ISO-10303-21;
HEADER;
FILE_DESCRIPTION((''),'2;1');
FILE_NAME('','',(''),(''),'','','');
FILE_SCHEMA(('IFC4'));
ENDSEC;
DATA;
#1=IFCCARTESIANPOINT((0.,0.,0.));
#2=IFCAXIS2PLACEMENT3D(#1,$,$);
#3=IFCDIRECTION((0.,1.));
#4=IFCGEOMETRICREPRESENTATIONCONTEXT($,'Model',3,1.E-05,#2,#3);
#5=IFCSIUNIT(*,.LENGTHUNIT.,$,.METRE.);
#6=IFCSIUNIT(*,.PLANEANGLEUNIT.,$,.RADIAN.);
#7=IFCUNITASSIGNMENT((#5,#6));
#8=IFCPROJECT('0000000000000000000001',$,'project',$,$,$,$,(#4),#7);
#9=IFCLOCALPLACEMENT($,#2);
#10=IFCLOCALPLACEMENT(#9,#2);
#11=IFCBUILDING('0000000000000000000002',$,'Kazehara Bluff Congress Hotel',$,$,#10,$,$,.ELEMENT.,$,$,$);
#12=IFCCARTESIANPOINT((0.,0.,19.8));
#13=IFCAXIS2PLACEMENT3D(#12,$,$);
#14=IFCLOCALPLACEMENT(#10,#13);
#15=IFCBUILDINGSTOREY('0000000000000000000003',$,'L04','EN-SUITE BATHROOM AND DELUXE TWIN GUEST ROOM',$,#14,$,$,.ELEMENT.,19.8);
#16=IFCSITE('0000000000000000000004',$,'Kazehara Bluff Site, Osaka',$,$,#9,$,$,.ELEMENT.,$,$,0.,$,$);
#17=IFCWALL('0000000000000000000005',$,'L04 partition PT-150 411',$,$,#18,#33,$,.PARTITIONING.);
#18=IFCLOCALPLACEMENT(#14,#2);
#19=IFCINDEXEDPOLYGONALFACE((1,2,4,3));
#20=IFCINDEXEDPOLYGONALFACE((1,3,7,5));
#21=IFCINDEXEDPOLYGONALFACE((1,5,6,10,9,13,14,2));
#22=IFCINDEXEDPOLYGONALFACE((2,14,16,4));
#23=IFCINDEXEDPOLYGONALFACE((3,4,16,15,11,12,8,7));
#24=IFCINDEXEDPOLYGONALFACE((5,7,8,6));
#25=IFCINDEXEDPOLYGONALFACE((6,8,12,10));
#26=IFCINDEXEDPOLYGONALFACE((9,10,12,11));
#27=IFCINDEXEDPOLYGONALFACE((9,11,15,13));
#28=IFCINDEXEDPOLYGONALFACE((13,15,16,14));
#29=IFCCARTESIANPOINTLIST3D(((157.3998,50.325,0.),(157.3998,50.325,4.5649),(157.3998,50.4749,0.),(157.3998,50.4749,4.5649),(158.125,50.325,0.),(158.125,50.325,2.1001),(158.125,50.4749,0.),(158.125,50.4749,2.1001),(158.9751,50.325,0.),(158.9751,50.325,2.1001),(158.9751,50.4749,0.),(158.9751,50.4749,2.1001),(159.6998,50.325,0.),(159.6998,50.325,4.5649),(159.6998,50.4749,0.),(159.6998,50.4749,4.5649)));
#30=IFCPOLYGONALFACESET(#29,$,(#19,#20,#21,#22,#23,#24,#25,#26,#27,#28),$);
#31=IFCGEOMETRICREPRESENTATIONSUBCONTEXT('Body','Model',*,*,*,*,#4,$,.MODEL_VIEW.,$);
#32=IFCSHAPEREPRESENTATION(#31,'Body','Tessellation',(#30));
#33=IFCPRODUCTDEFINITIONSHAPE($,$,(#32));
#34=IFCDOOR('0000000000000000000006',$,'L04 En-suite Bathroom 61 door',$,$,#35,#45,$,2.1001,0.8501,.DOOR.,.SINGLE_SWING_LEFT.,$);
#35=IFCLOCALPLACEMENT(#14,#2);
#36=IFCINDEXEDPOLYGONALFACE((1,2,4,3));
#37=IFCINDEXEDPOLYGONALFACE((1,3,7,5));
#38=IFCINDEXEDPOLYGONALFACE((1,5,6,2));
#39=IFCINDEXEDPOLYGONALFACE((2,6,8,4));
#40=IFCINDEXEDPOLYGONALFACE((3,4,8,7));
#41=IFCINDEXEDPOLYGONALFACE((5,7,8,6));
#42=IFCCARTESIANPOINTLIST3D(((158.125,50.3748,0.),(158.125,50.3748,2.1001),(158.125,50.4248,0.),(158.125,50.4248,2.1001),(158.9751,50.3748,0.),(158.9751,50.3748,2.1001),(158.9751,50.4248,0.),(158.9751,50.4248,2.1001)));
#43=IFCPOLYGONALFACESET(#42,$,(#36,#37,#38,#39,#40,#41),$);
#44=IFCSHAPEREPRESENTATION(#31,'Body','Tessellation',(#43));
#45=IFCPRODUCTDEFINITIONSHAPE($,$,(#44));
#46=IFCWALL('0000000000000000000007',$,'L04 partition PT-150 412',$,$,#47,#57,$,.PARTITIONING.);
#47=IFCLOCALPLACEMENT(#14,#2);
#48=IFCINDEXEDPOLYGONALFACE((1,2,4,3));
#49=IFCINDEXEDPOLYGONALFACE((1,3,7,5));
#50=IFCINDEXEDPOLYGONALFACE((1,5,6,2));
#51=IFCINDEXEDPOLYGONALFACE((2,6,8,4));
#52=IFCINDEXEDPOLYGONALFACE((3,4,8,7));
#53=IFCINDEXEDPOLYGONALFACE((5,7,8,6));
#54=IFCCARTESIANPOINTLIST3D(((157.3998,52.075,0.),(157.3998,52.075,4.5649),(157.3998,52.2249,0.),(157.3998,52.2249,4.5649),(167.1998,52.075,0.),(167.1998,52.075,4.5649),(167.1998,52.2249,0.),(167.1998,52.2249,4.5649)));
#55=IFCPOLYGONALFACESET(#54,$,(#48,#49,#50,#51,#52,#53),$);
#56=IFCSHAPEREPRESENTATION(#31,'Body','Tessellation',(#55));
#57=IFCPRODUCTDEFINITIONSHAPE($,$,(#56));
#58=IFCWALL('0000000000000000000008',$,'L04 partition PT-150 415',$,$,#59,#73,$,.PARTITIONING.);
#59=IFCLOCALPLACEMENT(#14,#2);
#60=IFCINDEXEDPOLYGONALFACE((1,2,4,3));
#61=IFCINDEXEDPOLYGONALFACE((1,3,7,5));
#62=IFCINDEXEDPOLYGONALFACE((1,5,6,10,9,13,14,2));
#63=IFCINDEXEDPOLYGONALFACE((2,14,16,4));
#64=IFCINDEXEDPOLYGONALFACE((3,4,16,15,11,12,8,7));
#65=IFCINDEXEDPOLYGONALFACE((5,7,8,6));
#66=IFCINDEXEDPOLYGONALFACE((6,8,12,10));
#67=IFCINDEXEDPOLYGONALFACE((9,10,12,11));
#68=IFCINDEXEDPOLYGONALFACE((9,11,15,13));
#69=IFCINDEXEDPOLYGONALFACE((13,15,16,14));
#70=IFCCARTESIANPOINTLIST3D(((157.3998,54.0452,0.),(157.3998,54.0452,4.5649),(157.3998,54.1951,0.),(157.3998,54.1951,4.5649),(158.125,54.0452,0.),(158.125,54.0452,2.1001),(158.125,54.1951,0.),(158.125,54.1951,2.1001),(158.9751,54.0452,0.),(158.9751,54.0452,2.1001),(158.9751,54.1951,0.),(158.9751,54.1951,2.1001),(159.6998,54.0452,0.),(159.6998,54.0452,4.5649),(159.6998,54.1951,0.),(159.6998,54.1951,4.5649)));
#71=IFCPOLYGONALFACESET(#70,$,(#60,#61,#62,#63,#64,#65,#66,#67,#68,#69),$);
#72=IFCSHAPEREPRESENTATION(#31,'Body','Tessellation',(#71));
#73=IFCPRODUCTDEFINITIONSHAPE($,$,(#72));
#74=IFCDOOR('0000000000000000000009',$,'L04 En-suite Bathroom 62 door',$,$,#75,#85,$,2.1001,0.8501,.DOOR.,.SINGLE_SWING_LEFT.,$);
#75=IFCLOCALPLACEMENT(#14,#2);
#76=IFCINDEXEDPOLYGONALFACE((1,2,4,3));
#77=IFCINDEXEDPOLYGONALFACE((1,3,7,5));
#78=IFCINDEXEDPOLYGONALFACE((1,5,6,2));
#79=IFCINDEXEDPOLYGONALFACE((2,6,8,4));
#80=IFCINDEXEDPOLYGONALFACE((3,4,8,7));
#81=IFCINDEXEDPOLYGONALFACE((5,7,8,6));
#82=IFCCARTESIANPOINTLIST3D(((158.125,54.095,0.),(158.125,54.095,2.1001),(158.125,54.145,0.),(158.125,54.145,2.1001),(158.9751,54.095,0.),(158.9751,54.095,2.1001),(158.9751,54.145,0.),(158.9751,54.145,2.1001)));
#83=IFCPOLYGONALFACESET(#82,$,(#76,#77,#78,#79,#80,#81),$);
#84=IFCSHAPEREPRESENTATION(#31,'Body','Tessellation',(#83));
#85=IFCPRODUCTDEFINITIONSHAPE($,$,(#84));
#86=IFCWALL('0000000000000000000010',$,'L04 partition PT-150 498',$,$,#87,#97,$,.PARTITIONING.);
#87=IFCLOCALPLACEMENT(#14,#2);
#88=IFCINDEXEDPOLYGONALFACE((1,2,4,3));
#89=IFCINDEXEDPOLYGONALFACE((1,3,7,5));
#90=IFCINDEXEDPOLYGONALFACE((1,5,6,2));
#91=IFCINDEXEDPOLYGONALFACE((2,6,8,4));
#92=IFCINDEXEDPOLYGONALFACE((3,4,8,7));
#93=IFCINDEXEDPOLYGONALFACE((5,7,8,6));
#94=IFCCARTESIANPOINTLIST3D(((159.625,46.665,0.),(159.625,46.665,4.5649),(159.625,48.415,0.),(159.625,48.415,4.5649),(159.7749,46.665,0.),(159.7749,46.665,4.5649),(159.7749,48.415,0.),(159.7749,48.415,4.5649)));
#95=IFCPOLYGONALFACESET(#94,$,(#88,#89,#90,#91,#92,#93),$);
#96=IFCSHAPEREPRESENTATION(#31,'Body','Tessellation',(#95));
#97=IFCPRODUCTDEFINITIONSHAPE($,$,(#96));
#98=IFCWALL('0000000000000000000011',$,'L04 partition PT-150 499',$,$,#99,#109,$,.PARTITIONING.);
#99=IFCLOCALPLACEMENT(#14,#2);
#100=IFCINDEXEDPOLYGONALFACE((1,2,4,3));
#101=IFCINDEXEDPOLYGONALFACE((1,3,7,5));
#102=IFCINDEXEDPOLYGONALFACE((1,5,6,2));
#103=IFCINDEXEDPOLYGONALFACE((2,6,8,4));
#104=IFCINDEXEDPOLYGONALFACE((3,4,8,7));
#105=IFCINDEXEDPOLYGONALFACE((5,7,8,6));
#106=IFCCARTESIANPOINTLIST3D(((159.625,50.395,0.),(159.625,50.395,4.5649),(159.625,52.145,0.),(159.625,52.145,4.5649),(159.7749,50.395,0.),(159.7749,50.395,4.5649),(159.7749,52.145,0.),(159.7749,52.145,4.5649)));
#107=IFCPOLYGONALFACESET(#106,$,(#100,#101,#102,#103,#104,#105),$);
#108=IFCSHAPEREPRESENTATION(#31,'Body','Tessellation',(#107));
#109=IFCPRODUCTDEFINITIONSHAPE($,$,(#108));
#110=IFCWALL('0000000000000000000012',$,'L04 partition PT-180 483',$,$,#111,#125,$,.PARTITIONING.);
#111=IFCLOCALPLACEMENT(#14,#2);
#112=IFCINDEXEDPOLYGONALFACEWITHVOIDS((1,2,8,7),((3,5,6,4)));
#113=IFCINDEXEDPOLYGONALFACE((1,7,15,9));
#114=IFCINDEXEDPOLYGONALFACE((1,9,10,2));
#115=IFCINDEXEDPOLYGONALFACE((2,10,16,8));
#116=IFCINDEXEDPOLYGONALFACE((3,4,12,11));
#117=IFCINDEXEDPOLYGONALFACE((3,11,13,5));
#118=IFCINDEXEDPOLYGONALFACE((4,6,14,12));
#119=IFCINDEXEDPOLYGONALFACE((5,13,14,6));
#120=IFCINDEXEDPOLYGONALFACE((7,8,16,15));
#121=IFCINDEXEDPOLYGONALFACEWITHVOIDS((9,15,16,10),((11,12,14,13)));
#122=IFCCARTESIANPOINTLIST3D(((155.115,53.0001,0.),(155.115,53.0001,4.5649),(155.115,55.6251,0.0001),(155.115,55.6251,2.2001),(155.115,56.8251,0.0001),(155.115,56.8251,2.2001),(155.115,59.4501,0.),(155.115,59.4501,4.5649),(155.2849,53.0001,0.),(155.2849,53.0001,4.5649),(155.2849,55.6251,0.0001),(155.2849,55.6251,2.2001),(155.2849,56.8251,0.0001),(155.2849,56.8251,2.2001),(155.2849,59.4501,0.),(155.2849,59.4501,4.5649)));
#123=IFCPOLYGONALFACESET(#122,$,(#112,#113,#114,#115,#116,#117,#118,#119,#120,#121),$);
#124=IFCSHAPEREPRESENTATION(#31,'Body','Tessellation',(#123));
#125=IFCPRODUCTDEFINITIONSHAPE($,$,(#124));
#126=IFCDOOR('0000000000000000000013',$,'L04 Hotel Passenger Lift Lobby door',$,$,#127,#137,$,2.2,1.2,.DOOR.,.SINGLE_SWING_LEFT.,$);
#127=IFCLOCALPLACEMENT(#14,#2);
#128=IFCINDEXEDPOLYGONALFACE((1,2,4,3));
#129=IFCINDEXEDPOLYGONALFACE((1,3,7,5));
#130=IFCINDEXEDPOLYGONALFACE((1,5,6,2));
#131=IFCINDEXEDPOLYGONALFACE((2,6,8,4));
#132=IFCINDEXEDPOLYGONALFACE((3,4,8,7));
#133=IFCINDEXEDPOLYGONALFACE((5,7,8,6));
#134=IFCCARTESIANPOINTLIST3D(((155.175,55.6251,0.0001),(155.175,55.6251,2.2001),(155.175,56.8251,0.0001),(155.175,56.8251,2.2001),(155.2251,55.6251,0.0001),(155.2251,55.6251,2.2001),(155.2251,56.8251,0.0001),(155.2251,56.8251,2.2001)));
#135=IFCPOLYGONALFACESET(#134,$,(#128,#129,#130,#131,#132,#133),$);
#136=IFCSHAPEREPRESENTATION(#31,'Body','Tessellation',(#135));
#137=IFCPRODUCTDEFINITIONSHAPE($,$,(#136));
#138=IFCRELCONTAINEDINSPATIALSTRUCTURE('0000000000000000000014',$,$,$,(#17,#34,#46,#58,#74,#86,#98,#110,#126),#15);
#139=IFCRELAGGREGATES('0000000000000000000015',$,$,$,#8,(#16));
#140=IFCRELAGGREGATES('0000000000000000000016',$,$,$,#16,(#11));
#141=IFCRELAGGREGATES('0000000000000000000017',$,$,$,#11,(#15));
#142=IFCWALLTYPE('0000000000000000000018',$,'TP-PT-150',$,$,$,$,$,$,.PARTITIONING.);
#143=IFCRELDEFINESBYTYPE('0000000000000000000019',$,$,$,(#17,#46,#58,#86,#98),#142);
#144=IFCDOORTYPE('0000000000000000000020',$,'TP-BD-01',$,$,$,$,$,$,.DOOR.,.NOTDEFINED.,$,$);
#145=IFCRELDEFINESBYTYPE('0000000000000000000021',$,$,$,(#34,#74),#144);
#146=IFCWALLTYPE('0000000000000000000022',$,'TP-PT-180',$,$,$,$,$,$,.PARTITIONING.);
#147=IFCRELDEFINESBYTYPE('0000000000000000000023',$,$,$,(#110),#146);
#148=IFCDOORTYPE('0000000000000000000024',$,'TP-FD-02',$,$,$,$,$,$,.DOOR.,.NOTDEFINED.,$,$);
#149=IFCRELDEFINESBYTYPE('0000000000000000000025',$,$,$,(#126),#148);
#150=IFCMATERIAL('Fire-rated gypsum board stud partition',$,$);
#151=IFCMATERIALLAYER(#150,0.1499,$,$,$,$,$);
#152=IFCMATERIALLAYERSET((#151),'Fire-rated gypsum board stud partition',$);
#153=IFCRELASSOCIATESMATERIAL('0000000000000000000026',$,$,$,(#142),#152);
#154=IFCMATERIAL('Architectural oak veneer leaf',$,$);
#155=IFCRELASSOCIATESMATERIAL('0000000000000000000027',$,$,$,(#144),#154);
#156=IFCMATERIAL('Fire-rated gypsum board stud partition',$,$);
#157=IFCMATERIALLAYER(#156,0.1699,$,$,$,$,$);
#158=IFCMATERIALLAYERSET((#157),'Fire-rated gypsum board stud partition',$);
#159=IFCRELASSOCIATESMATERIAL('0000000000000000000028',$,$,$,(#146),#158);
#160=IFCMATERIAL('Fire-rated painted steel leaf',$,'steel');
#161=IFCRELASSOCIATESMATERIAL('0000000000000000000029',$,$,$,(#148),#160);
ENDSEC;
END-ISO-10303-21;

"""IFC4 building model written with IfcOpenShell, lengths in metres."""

from ifc_helpers import new_model, si_unit, direction, frame, frame_2d, origin, place, context, subcontext, project, spatial, rectangle, extrude, material, layer, layer_set, type_object, element, fill, save


model = new_model("IFC4")

# Units and contexts
model_context = context("Model", 3, precision=1e-05, world=origin(), true_north=direction((0.0, 1.0)))
body_context = subcontext(model_context, "Body", "Model", "MODEL_VIEW")
ifc_project = project(units=[si_unit("LENGTHUNIT", "METRE"), si_unit("PLANEANGLEUNIT", "RADIAN")], contexts=[model_context])

# Site, building, storey
site_placement = place(None, origin())
site = spatial("IfcSite", under=ifc_project, at=site_placement, Name="Kazehara Bluff Site, Osaka", CompositionType="ELEMENT", RefElevation=0.0)
building_placement = place(site_placement, origin())
building = spatial("IfcBuilding", under=site, at=building_placement, Name="Kazehara Bluff Congress Hotel", CompositionType="ELEMENT")
storey_placement = place(building_placement, frame((0.0, 0.0, 19.8)))
storey = spatial("IfcBuildingStorey", under=building, at=storey_placement, Name="L04", Description="EN-SUITE BATHROOM AND DELUXE TWIN GUEST ROOM", CompositionType="ELEMENT", Elevation=19.8)

# Shared definitions
ifc_material_1 = material(Name="Fire-rated gypsum board stud partition")
ifc_layer_1 = layer(ifc_material_1, 0.1499)
ifc_layer_set_1 = layer_set([ifc_layer_1], Name="Fire-rated gypsum board stud partition")
wall_type_1 = type_object("IfcWallType", Name="TP-PT-150", PredefinedType="PARTITIONING", material=ifc_layer_set_1)

# Shared definitions
ifc_material_2 = material(Name="Architectural oak veneer leaf")
door_type_1 = type_object("IfcDoorType", Name="TP-BD-01", OperationType="NOTDEFINED", PredefinedType="DOOR", material=ifc_material_2)

# Wall, opening, door
wall_1_placement = place(storey_placement, frame((157.3999, 50.3999, 0.0), z_axis=(0.0, 0.0, 1.0), x_axis=(1.0, 0.0, 0.0)))
wall_1 = element("IfcWall", 1, at=wall_1_placement, inside=storey, type_object=wall_type_1, Name="L04 partition PT-150 411", PredefinedType="PARTITIONING", context=body_context, shape_type="SweptSolid", body=[
    extrude(rectangle(XDim=2.3, YDim=0.1499, at=frame_2d((1.1499, 0.0))), origin(), (0.0, 0.0, 1.0), 4.5649),
])
opening_1_placement = place(wall_1_placement, frame((0.7251, 0.0, 0.0)))
opening_1 = element("IfcOpeningElement", 2, at=opening_1_placement, cuts=wall_1, PredefinedType="OPENING", context=body_context, shape_type="SweptSolid", body=[
    extrude(rectangle(XDim=0.8501, YDim=2.1001, at=frame_2d((0.425, 1.05))), frame((0.0, 0.085, 0.0), z_axis=(0.0, -1.0, 0.0), x_axis=(1.0, 0.0, 0.0)), (0.0, 0.0, 1.0), 0.1699),
])
door_1_placement = place(opening_1_placement, origin())
door_1 = element("IfcDoor", 3, at=door_1_placement, inside=storey, type_object=door_type_1, Name="L04 En-suite Bathroom 61 door", OperationType="SINGLE_SWING_LEFT", OverallHeight=2.1001, OverallWidth=0.8501, PredefinedType="DOOR", context=body_context, shape_type="SweptSolid", body=[
    extrude(rectangle(XDim=0.8501, YDim=2.1001, at=frame_2d((0.425, 1.05))), frame((0.0, 0.0249, 0.0), z_axis=(0.0, -1.0, 0.0), x_axis=(1.0, 0.0, 0.0)), (0.0, 0.0, 1.0), 0.05),
])
fill(opening_1, door_1)

# Wall
wall_2_placement = place(storey_placement, frame((157.3999, 52.1499, 0.0), z_axis=(0.0, 0.0, 1.0), x_axis=(1.0, 0.0, 0.0)))
element("IfcWall", 4, at=wall_2_placement, inside=storey, type_object=wall_type_1, Name="L04 partition PT-150 412", PredefinedType="PARTITIONING", context=body_context, shape_type="SweptSolid", body=[
    extrude(rectangle(XDim=9.8, YDim=0.1499, at=frame_2d((4.8999, 0.0))), origin(), (0.0, 0.0, 1.0), 4.5649),
])

# Wall, opening, door
wall_3_placement = place(storey_placement, frame((157.3999, 54.1201, 0.0), z_axis=(0.0, 0.0, 1.0), x_axis=(1.0, 0.0, 0.0)))
wall_3 = element("IfcWall", 5, at=wall_3_placement, inside=storey, type_object=wall_type_1, Name="L04 partition PT-150 415", PredefinedType="PARTITIONING", context=body_context, shape_type="SweptSolid", body=[
    extrude(rectangle(XDim=2.3, YDim=0.1499, at=frame_2d((1.1499, 0.0))), origin(), (0.0, 0.0, 1.0), 4.5649),
])
opening_2_placement = place(wall_3_placement, frame((0.7251, 0.0, 0.0)))
opening_2 = element("IfcOpeningElement", 6, at=opening_2_placement, cuts=wall_3, PredefinedType="OPENING", context=body_context, shape_type="SweptSolid", body=[
    extrude(rectangle(XDim=0.8501, YDim=2.1001, at=frame_2d((0.425, 1.05))), frame((0.0, 0.085, 0.0), z_axis=(0.0, -1.0, 0.0), x_axis=(1.0, 0.0, 0.0)), (0.0, 0.0, 1.0), 0.1699),
])
door_2_placement = place(opening_2_placement, origin())
door_2 = element("IfcDoor", 7, at=door_2_placement, inside=storey, type_object=door_type_1, Name="L04 En-suite Bathroom 62 door", OperationType="SINGLE_SWING_LEFT", OverallHeight=2.1001, OverallWidth=0.8501, PredefinedType="DOOR", context=body_context, shape_type="SweptSolid", body=[
    extrude(rectangle(XDim=0.8501, YDim=2.1001, at=frame_2d((0.425, 1.05))), frame((0.0, 0.0249, 0.0), z_axis=(0.0, -1.0, 0.0), x_axis=(1.0, 0.0, 0.0)), (0.0, 0.0, 1.0), 0.05),
])
fill(opening_2, door_2)

# Walls
for number, where, z_axis, x_axis, name in (
    (8, (159.7, 46.665, 0.0), (0.0, 0.0, 1.0), (0.0, 1.0, 0.0), "L04 partition PT-150 498"),
    (9, (159.7, 50.395, 0.0), (0.0, 0.0, 1.0), (0.0, 1.0, 0.0), "L04 partition PT-150 499"),
):
    element("IfcWall", number, at=place(storey_placement, frame(where, z_axis=z_axis, x_axis=x_axis)), inside=storey, type_object=wall_type_1, Name=name, PredefinedType="PARTITIONING", context=body_context, shape_type="SweptSolid", body=[
        extrude(rectangle(XDim=1.75, YDim=0.1499, at=frame_2d((0.875, 0.0))), origin(), (0.0, 0.0, 1.0), 4.5649),
    ])

# Wall, opening, door
ifc_material_3 = material(Name="Fire-rated gypsum board stud partition")
ifc_layer_2 = layer(ifc_material_3, 0.1699)
ifc_layer_set_2 = layer_set([ifc_layer_2], Name="Fire-rated gypsum board stud partition")
wall_type_2 = type_object("IfcWallType", Name="TP-PT-180", PredefinedType="PARTITIONING", material=ifc_layer_set_2)
wall_4_placement = place(storey_placement, frame((155.2, 53.0, 0.0), z_axis=(0.0, 0.0, 1.0), x_axis=(0.0, 1.0, 0.0)))
wall_4 = element("IfcWall", 10, at=wall_4_placement, inside=storey, type_object=wall_type_2, Name="L04 partition PT-180 483", PredefinedType="PARTITIONING", context=body_context, shape_type="SweptSolid", body=[
    extrude(rectangle(XDim=6.45, YDim=0.1699, at=frame_2d((3.2251, 0.0))), origin(), (0.0, 0.0, 1.0), 4.5649),
])
opening_3_placement = place(wall_4_placement, frame((2.625, 0.0, 0.0)))
opening_3 = element("IfcOpeningElement", 11, at=opening_3_placement, cuts=wall_4, PredefinedType="OPENING", context=body_context, shape_type="SweptSolid", body=[
    extrude(rectangle(XDim=1.2, YDim=2.2, at=frame_2d((0.6001, 1.1001))), frame((0.0, 0.095, 0.0), z_axis=(0.0, -1.0, 0.0), x_axis=(1.0, 0.0, 0.0)), (0.0, 0.0, 1.0), 0.1899),
])
ifc_material_4 = material(Name="Fire-rated painted steel leaf", Category="steel")
door_type_2 = type_object("IfcDoorType", Name="TP-FD-02", OperationType="NOTDEFINED", PredefinedType="DOOR", material=ifc_material_4)
door_3_placement = place(opening_3_placement, origin())
door_3 = element("IfcDoor", 12, at=door_3_placement, inside=storey, type_object=door_type_2, Name="L04 Hotel Passenger Lift Lobby door", OperationType="SINGLE_SWING_LEFT", OverallHeight=2.2, OverallWidth=1.2, PredefinedType="DOOR", context=body_context, shape_type="SweptSolid", body=[
    extrude(rectangle(XDim=1.2, YDim=2.2, at=frame_2d((0.6001, 1.1001))), frame((0.0, 0.0249, 0.0), z_axis=(0.0, -1.0, 0.0), x_axis=(1.0, 0.0, 0.0)), (0.0, 0.0, 1.0), 0.05),
])
fill(opening_3, door_3)

save(model, "model.ifc")
